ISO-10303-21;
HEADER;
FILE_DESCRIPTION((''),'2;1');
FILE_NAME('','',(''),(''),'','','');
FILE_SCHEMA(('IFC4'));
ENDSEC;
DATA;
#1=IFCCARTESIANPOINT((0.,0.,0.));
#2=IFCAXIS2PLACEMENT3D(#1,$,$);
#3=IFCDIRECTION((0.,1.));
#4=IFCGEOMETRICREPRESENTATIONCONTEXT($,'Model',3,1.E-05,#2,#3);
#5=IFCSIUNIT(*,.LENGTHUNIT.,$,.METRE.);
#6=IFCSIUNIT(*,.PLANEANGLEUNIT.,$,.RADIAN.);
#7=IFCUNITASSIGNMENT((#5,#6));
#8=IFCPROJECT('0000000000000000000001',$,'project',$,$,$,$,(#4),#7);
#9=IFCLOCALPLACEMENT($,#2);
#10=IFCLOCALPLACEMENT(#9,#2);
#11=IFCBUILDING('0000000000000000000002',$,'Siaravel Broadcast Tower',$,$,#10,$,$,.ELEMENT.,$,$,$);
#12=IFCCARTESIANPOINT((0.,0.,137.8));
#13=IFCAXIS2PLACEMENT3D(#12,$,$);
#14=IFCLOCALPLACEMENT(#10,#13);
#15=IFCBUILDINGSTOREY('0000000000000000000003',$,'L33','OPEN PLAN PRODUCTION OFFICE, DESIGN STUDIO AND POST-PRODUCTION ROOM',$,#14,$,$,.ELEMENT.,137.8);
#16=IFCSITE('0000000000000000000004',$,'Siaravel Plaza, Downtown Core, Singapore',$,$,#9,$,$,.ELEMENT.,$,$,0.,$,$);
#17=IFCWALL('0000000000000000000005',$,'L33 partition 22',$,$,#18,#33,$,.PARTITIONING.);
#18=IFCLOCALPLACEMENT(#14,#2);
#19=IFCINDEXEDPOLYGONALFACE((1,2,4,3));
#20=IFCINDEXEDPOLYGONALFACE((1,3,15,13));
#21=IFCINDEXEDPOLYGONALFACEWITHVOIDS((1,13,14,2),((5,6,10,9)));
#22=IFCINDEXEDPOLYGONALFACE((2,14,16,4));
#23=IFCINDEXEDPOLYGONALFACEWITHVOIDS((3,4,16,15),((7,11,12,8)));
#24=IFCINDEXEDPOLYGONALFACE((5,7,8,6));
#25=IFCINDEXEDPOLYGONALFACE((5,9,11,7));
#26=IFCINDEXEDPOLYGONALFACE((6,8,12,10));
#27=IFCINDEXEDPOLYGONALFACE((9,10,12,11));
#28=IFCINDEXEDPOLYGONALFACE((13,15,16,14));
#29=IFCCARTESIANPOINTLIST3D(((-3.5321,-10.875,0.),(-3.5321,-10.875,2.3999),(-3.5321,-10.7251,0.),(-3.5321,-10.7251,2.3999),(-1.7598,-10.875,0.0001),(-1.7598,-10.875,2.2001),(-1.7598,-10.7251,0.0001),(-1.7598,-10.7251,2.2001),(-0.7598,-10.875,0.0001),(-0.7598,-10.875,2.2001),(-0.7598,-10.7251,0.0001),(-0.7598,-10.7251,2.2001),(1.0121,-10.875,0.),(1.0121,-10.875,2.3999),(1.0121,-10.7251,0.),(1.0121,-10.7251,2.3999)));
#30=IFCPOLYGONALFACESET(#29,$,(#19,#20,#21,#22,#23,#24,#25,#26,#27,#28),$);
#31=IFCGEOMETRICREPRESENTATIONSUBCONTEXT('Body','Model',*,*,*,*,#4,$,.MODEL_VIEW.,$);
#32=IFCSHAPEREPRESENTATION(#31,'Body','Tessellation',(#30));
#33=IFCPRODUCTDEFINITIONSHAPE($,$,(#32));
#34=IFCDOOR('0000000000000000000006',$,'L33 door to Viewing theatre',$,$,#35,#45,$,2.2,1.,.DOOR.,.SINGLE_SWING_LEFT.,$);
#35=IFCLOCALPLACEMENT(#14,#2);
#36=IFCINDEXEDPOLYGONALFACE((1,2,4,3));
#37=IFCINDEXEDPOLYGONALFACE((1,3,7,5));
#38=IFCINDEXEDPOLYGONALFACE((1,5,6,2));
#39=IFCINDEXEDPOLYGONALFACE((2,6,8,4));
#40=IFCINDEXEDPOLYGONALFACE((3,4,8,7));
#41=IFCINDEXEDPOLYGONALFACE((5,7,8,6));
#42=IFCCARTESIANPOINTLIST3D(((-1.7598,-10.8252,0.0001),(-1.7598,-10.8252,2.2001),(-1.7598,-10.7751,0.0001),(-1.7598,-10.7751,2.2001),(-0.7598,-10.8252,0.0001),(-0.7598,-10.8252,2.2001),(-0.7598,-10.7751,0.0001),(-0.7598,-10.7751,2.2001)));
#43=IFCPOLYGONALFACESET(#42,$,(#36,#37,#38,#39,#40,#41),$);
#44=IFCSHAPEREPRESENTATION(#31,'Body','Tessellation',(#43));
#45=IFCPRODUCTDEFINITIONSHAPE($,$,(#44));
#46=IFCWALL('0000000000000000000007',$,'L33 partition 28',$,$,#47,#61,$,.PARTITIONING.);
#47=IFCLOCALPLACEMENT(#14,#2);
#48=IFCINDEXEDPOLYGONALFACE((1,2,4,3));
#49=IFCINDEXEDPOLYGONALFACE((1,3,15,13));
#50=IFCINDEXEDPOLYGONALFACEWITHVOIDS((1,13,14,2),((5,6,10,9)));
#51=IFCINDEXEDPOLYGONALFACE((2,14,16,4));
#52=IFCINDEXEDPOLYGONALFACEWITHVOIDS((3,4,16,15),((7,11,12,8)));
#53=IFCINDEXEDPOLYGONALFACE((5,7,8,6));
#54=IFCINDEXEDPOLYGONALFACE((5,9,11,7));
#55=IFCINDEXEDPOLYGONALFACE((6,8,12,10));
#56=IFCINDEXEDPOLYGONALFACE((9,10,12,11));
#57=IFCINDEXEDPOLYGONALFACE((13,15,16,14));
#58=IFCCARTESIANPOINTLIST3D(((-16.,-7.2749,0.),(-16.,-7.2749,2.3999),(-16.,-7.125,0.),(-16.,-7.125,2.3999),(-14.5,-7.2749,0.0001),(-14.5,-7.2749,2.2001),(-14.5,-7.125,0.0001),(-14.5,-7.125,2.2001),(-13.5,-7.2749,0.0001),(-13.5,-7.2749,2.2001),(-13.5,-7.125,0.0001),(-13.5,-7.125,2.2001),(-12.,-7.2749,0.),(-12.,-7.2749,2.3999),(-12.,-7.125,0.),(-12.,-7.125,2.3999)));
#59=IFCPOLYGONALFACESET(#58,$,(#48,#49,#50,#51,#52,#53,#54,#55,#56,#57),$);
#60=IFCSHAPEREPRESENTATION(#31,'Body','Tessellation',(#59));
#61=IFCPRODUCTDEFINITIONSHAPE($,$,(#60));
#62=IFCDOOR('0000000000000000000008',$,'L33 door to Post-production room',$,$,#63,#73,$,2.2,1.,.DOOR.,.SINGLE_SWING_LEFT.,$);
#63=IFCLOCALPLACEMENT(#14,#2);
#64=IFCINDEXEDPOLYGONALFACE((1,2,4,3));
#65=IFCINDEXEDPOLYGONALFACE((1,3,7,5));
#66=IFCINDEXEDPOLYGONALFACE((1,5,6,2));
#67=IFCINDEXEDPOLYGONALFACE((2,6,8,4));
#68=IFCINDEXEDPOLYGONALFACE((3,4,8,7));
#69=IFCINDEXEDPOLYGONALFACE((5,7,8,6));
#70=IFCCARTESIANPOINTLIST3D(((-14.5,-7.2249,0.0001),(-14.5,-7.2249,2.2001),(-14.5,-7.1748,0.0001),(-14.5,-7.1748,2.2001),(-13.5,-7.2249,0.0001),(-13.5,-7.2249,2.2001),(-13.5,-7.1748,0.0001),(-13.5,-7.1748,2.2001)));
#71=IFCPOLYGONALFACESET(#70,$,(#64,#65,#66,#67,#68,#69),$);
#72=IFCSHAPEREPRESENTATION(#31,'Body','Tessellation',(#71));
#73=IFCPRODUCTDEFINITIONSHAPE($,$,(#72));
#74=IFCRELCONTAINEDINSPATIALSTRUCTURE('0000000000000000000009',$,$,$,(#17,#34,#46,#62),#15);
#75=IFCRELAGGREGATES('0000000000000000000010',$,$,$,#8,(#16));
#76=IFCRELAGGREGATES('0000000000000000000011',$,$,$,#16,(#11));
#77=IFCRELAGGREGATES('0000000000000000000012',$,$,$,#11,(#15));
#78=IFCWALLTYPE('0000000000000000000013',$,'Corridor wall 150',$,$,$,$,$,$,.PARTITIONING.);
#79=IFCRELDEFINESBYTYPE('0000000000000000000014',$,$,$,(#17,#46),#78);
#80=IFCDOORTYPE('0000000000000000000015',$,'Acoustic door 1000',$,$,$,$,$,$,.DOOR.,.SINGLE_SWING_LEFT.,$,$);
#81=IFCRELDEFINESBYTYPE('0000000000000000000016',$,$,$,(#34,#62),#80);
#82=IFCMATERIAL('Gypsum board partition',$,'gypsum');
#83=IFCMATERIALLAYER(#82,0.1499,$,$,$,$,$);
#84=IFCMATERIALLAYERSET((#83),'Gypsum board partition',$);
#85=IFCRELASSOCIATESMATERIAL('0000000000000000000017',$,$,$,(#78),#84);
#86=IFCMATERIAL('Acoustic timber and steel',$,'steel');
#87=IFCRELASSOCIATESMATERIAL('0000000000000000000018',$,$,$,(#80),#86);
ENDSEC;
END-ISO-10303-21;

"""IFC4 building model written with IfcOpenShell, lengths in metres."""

from ifc_helpers import new_model, si_unit, direction, frame, frame_2d, origin, place, context, subcontext, project, spatial, rectangle, extrude, material, layer, layer_set, type_object, element, fill, save


model = new_model("IFC4")

# Units and contexts
model_context = context("Model", 3, precision=1e-05, world=origin(), true_north=direction((0.0, 1.0)))
body_context = subcontext(model_context, "Body", "Model", "MODEL_VIEW")
ifc_project = project(units=[si_unit("LENGTHUNIT", "METRE"), si_unit("PLANEANGLEUNIT", "RADIAN")], contexts=[model_context])

# Site, building, storey
site_placement = place(None, origin())
site = spatial("IfcSite", under=ifc_project, at=site_placement, Name="Siaravel Plaza, Downtown Core, Singapore", CompositionType="ELEMENT", RefElevation=0.0)
building_placement = place(site_placement, origin())
building = spatial("IfcBuilding", under=site, at=building_placement, Name="Siaravel Broadcast Tower", CompositionType="ELEMENT")
storey_placement = place(building_placement, frame((0.0, 0.0, 137.8)))
storey = spatial("IfcBuildingStorey", under=building, at=storey_placement, Name="L33", Description="OPEN PLAN PRODUCTION OFFICE, DESIGN STUDIO AND POST-PRODUCTION ROOM", CompositionType="ELEMENT", Elevation=137.8)

# Walls, openings, doors
ifc_material_1 = material(Name="Gypsum board partition", Category="gypsum")
ifc_layer_1 = layer(ifc_material_1, 0.1499)
ifc_layer_set_1 = layer_set([ifc_layer_1], Name="Gypsum board partition")
wall_type_1 = type_object("IfcWallType", Name="Corridor wall 150", PredefinedType="PARTITIONING", material=ifc_layer_set_1)
wall_1_placement = place(storey_placement, frame((-3.532, -10.8, 0.0), z_axis=(0.0, 0.0, 1.0), x_axis=(1.0, 0.0, 0.0)))
wall_1 = element("IfcWall", 1, at=wall_1_placement, inside=storey, type_object=wall_type_1, Name="L33 partition 22", PredefinedType="PARTITIONING", context=body_context, shape_type="SweptSolid", body=[
    extrude(rectangle(XDim=4.5442, YDim=0.1499, at=frame_2d((2.272, 0.0))), origin(), (0.0, 0.0, 1.0), 2.3999),
])
opening_1_placement = place(wall_1_placement, frame((1.7722, 0.0, 0.0)))
opening_1 = element("IfcOpeningElement", 2, at=opening_1_placement, cuts=wall_1, PredefinedType="OPENING", context=body_context, shape_type="SweptSolid", body=[
    extrude(rectangle(XDim=1.0, YDim=2.2, at=frame_2d((0.5, 1.1001))), frame((0.0, 0.085, 0.0), z_axis=(0.0, -1.0, 0.0), x_axis=(1.0, 0.0, 0.0)), (0.0, 0.0, 1.0), 0.1699),
])
ifc_material_2 = material(Name="Acoustic timber and steel", Category="steel")
door_type_1 = type_object("IfcDoorType", Name="Acoustic door 1000", OperationType="SINGLE_SWING_LEFT", PredefinedType="DOOR", material=ifc_material_2)
door_1_placement = place(opening_1_placement, origin())
door_1 = element("IfcDoor", 3, at=door_1_placement, inside=storey, type_object=door_type_1, Name="L33 door to Viewing theatre", OperationType="SINGLE_SWING_LEFT", OverallHeight=2.2, OverallWidth=1.0, PredefinedType="DOOR", context=body_context, shape_type="SweptSolid", body=[
    extrude(rectangle(XDim=1.0, YDim=2.2, at=frame_2d((0.5, 1.1001))), frame((0.0, 0.0249, 0.0), z_axis=(0.0, -1.0, 0.0), x_axis=(1.0, 0.0, 0.0)), (0.0, 0.0, 1.0), 0.05),
])
fill(opening_1, door_1)
wall_2_placement = place(storey_placement, frame((-12.0, -7.2, 0.0), z_axis=(0.0, 0.0, 1.0), x_axis=(-1.0, 0.0, 0.0)))
wall_2 = element("IfcWall", 4, at=wall_2_placement, inside=storey, type_object=wall_type_1, Name="L33 partition 28", PredefinedType="PARTITIONING", context=body_context, shape_type="SweptSolid", body=[
    extrude(rectangle(XDim=4.0, YDim=0.1499, at=frame_2d((2.0, 0.0))), origin(), (0.0, 0.0, 1.0), 2.3999),
])
opening_2_placement = place(wall_2_placement, frame((1.5, 0.0, 0.0)))
opening_2 = element("IfcOpeningElement", 5, at=opening_2_placement, cuts=wall_2, PredefinedType="OPENING", context=body_context, shape_type="SweptSolid", body=[
    extrude(rectangle(XDim=1.0, YDim=2.2, at=frame_2d((0.5, 1.1001))), frame((0.0, 0.085, 0.0), z_axis=(0.0, -1.0, 0.0), x_axis=(1.0, 0.0, 0.0)), (0.0, 0.0, 1.0), 0.1699),
])
door_2_placement = place(opening_2_placement, origin())
door_2 = element("IfcDoor", 6, at=door_2_placement, inside=storey, type_object=door_type_1, Name="L33 door to Post-production room", OperationType="SINGLE_SWING_LEFT", OverallHeight=2.2, OverallWidth=1.0, PredefinedType="DOOR", context=body_context, shape_type="SweptSolid", body=[
    extrude(rectangle(XDim=1.0, YDim=2.2, at=frame_2d((0.5, 1.1001))), frame((0.0, 0.0249, 0.0), z_axis=(0.0, -1.0, 0.0), x_axis=(1.0, 0.0, 0.0)), (0.0, 0.0, 1.0), 0.05),
])
fill(opening_2, door_2)

save(model, "model.ifc")
